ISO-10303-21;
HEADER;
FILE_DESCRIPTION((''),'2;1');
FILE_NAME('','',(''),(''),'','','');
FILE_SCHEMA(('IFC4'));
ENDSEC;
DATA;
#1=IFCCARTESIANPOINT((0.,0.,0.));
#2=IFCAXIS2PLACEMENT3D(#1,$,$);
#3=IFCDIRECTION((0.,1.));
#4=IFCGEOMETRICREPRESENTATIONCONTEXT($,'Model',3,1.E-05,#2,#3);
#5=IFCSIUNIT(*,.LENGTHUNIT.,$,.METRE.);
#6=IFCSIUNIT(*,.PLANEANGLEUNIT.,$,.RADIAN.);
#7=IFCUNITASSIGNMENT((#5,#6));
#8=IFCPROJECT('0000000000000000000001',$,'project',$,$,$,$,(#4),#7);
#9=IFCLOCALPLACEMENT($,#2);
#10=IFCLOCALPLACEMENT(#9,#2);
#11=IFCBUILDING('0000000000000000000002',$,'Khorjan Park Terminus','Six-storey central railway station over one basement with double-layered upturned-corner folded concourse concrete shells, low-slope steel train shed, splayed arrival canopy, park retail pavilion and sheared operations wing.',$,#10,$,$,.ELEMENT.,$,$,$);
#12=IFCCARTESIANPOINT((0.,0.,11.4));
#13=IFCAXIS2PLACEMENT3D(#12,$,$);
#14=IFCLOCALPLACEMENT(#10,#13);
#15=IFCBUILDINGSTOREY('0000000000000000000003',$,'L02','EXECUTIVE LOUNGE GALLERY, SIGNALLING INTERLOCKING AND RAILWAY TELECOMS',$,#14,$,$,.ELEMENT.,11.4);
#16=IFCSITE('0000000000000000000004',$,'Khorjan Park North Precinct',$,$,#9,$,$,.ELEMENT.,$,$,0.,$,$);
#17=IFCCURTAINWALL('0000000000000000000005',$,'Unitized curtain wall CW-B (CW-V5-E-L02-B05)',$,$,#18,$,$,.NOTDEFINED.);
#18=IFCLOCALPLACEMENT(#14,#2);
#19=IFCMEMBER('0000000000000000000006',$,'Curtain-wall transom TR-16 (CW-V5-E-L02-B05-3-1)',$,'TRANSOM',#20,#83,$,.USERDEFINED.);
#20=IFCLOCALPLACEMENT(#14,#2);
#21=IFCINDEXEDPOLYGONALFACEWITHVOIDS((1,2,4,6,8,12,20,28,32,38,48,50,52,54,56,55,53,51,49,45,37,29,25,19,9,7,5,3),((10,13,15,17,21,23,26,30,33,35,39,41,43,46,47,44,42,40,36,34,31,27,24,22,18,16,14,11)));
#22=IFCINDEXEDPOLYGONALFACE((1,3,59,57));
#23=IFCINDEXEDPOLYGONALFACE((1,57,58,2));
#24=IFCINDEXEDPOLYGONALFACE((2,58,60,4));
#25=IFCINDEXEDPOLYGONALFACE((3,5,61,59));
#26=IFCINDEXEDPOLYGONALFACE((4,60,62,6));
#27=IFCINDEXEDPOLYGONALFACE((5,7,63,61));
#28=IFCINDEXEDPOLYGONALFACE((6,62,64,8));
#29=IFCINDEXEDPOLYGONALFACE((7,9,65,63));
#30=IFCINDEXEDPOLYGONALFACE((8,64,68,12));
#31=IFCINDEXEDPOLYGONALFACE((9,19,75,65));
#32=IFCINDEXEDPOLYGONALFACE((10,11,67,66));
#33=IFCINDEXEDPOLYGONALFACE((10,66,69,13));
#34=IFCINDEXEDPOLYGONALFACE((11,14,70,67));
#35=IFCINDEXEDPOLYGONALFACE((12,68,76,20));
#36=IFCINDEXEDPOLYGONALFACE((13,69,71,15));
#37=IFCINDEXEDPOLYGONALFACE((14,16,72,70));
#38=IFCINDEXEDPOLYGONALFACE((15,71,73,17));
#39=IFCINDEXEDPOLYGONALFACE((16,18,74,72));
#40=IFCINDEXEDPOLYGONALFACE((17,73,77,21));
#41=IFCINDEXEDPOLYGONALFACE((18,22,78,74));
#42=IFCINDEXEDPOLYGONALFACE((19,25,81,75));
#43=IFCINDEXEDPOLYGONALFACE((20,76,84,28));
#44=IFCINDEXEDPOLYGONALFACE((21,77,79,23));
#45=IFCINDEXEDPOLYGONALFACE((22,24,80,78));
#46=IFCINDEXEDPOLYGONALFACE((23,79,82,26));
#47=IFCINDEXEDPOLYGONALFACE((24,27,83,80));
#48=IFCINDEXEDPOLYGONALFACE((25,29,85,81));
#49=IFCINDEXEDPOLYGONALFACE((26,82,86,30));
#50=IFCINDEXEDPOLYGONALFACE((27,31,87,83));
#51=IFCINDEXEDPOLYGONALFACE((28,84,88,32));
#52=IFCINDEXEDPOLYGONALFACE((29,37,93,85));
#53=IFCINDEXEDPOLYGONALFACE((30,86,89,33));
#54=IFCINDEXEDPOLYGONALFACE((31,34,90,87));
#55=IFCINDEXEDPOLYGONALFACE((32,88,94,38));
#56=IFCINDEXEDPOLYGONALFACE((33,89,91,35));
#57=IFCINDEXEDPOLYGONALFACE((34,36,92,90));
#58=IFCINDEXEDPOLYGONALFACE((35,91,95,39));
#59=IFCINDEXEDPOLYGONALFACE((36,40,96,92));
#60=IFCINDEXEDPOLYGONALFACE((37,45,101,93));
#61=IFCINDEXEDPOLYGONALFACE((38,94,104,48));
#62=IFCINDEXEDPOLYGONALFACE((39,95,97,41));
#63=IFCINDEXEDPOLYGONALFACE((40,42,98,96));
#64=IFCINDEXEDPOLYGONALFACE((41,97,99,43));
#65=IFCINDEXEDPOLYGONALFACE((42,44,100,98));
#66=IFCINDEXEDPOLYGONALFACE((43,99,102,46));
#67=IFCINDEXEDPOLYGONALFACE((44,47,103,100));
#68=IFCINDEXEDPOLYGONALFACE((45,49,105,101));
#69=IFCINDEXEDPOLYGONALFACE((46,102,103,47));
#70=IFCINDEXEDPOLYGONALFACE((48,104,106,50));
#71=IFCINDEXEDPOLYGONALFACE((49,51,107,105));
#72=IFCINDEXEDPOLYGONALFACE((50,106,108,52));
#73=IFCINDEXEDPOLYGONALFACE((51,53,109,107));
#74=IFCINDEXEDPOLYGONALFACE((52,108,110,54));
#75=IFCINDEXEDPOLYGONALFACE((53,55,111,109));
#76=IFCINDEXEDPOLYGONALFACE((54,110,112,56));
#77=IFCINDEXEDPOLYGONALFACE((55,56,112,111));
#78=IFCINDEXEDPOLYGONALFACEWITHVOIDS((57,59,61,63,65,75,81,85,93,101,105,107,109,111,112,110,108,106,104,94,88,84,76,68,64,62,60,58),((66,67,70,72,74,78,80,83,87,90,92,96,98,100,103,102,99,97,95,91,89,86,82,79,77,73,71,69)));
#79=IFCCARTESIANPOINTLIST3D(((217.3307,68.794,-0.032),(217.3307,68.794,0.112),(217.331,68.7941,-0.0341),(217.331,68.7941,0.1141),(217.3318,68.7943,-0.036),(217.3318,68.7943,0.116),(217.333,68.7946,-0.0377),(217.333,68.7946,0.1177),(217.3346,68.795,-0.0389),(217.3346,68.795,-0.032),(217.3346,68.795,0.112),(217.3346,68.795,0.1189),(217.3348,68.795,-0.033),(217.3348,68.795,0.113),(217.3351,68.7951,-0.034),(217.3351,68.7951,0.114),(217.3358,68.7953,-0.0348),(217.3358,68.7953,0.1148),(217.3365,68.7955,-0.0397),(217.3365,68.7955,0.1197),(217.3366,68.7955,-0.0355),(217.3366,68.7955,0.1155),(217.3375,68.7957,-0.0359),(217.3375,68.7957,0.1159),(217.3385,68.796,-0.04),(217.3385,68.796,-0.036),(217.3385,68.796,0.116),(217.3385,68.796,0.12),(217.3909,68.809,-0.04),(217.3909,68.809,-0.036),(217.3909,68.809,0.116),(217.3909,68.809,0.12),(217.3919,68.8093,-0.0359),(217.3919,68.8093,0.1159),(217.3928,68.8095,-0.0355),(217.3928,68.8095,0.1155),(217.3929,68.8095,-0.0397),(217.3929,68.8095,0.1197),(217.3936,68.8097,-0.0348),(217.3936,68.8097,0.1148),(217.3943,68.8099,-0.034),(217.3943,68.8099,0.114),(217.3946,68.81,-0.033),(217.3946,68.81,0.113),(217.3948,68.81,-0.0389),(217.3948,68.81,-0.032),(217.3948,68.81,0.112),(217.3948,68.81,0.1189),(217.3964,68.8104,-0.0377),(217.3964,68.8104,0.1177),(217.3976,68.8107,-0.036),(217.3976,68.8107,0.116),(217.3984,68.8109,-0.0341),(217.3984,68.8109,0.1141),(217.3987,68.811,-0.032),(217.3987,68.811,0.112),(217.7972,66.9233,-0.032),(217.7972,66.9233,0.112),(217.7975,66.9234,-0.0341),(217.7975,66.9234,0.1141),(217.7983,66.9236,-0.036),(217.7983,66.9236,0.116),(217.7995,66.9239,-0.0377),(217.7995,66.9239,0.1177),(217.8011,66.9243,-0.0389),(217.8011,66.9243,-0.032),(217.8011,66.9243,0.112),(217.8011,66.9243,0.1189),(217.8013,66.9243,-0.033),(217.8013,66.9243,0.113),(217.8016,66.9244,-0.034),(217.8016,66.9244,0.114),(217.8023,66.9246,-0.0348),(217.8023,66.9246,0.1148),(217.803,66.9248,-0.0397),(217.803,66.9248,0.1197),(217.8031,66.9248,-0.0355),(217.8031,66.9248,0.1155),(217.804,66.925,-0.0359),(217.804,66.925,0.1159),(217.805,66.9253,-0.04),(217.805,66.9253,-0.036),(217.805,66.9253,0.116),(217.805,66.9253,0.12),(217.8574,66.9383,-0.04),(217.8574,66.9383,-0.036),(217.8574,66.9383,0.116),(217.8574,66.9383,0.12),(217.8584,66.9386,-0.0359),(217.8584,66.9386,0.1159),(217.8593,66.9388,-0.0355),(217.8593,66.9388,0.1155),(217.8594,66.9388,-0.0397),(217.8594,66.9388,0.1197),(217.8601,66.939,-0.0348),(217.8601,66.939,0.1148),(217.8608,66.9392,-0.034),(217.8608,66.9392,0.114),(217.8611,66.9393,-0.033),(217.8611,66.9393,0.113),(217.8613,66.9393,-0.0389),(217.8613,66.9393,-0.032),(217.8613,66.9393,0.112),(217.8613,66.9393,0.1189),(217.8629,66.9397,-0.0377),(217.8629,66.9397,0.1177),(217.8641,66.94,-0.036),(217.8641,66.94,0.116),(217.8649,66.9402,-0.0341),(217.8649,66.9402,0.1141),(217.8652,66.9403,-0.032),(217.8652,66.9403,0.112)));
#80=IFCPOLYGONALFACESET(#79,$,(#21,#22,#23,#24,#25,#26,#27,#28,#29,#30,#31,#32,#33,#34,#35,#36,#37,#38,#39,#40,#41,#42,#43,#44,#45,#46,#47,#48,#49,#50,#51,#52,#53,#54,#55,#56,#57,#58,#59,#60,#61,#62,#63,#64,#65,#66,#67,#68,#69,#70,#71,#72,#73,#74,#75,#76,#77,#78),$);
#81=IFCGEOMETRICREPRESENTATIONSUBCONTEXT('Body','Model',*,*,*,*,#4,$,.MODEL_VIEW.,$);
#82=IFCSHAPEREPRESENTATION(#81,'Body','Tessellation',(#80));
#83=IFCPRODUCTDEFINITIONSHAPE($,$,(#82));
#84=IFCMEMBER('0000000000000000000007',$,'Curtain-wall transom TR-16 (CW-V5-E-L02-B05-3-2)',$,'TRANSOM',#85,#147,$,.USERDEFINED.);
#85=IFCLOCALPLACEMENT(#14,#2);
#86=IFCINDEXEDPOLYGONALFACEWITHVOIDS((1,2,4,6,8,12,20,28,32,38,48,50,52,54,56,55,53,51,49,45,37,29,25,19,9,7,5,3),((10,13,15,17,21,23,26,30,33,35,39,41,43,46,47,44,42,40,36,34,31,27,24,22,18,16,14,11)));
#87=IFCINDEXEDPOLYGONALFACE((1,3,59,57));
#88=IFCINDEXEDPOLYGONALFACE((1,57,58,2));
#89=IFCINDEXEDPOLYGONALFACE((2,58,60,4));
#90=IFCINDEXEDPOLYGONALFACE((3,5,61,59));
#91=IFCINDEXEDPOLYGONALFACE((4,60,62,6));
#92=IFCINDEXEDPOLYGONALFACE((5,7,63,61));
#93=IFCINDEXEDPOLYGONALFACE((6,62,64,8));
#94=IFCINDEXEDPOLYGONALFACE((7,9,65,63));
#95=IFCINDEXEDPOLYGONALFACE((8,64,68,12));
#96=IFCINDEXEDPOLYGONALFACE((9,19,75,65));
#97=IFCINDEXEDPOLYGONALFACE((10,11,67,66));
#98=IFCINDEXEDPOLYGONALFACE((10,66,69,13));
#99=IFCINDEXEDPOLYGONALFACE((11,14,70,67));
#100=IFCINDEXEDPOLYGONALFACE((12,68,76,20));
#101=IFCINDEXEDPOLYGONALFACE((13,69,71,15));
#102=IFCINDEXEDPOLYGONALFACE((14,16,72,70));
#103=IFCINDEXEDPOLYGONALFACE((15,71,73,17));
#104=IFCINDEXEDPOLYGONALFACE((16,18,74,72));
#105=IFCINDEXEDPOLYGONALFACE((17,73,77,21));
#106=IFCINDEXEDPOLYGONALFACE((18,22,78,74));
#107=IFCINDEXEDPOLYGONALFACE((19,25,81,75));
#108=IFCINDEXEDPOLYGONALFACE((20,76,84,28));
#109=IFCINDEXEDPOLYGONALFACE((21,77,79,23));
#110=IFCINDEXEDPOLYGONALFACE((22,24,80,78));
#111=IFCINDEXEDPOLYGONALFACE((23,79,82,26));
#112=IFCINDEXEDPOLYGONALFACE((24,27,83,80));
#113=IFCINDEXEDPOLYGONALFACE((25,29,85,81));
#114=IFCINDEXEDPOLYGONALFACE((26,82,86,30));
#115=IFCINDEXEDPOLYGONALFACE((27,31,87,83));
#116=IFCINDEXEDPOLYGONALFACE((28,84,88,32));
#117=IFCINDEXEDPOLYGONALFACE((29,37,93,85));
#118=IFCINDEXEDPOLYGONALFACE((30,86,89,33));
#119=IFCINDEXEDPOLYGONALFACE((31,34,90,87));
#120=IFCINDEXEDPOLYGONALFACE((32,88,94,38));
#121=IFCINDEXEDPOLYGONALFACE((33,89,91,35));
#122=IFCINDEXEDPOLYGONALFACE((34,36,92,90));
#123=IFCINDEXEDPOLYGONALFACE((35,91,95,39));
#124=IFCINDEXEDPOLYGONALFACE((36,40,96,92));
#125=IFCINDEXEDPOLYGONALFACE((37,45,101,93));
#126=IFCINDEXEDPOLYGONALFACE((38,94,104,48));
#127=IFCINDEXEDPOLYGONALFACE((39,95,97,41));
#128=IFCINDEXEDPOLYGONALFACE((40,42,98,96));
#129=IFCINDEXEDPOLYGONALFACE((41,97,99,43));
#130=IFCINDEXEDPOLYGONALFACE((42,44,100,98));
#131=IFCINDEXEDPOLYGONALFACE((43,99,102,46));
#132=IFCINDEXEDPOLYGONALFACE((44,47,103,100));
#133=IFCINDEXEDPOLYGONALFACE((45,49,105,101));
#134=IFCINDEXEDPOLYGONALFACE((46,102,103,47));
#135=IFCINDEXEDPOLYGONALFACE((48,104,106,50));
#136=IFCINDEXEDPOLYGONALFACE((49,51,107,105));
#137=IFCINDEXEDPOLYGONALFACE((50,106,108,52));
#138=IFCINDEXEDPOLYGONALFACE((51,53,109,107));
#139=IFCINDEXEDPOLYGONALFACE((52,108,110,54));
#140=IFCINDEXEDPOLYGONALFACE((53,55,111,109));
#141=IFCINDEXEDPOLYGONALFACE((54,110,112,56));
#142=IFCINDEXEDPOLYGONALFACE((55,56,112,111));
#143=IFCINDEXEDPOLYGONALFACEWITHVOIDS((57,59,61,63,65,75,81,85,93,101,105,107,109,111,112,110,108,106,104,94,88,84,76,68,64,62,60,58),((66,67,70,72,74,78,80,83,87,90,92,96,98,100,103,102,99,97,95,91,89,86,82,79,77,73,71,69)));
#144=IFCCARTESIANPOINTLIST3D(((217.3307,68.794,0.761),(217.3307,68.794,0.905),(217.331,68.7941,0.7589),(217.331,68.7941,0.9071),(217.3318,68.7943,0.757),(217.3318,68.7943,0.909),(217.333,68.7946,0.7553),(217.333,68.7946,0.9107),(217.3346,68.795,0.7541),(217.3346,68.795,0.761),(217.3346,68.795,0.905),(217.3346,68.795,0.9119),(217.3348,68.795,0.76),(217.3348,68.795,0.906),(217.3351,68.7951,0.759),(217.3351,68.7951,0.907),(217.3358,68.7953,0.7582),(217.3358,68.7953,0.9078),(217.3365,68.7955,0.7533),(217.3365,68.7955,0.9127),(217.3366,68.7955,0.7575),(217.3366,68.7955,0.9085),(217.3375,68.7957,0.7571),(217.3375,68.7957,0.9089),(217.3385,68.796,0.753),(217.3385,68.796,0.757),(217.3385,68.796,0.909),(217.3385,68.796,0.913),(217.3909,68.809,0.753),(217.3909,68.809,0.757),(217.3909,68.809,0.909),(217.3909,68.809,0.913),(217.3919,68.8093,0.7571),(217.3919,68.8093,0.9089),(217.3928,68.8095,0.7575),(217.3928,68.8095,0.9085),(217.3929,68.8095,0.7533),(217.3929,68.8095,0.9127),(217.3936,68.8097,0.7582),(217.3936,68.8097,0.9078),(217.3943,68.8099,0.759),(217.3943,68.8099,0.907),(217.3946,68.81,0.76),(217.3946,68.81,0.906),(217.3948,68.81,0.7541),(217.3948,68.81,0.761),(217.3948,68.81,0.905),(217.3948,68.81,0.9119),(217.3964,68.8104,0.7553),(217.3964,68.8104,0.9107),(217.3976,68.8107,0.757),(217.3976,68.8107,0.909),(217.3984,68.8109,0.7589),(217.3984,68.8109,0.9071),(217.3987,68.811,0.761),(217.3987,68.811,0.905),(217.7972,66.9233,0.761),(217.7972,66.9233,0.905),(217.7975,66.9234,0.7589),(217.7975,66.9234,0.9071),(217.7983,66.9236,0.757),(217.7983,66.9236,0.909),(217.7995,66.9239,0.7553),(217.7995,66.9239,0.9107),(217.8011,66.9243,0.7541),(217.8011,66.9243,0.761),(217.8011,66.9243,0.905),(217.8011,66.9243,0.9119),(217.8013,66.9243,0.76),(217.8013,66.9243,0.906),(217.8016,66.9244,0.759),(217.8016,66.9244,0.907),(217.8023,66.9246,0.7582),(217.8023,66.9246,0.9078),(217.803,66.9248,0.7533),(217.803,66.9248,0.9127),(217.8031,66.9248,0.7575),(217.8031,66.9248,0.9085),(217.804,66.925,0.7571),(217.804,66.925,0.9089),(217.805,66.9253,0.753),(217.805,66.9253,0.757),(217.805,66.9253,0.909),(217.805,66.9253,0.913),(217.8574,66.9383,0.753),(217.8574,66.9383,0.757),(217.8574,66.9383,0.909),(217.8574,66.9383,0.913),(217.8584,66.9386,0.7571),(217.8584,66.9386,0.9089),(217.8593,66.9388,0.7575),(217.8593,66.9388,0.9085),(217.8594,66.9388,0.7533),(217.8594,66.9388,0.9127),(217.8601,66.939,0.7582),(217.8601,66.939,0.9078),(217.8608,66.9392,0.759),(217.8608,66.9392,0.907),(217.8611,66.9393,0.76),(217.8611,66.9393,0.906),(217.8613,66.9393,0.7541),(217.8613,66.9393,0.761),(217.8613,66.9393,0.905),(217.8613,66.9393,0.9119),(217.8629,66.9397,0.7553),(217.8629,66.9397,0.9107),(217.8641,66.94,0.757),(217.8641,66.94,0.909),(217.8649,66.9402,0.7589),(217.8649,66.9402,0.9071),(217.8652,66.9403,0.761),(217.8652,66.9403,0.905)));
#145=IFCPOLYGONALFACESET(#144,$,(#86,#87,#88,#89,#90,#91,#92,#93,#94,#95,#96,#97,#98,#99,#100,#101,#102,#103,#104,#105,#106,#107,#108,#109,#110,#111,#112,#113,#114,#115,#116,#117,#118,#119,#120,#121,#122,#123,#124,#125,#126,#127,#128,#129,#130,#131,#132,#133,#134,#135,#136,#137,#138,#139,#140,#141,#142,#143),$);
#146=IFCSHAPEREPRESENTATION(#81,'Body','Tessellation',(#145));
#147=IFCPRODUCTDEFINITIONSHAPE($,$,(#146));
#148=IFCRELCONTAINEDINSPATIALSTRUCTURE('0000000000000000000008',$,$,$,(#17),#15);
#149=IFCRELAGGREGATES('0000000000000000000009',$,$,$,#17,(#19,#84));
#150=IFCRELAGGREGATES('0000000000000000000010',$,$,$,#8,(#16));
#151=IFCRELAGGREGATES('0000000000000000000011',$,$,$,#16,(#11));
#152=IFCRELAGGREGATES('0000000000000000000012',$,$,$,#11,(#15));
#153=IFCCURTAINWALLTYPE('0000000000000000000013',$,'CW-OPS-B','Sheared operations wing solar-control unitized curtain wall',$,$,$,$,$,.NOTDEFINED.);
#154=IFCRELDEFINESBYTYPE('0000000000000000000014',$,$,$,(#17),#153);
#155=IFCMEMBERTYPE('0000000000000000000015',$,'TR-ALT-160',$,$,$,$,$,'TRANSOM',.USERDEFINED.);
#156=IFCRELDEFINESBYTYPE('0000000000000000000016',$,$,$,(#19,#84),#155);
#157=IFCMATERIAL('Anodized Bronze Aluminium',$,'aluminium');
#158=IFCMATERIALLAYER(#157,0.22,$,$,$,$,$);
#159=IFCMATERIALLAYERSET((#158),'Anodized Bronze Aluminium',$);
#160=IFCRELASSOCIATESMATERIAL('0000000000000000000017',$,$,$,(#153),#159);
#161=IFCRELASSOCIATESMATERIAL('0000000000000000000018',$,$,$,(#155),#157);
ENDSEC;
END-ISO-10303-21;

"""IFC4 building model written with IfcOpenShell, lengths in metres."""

from ifc_helpers import new_model, si_unit, direction, frame, origin, origin_2d, place, context, subcontext, project, spatial, hollow_rectangle, extrude, material, layer, layer_set, material_profile, profile_set, type_object, element, aggregate, save


model = new_model("IFC4")

# Units and contexts
model_context = context("Model", 3, precision=1e-05, world=origin(), true_north=direction((0.0, 1.0)))
body_context = subcontext(model_context, "Body", "Model", "MODEL_VIEW")
ifc_project = project(units=[si_unit("LENGTHUNIT", "METRE"), si_unit("PLANEANGLEUNIT", "RADIAN")], contexts=[model_context])

# Site, building, storey
site_placement = place(None, origin())
site = spatial("IfcSite", under=ifc_project, at=site_placement, Name="Khorjan Park North Precinct", CompositionType="ELEMENT", RefElevation=0.0)
building_placement = place(site_placement, origin())
building = spatial("IfcBuilding", under=site, at=building_placement, Name="Khorjan Park Terminus", Description="Six-storey central railway station over one basement with double-layered upturned-corner folded concourse concrete shells, low-slope steel train shed, splayed arrival canopy, park retail pavilion and sheared operations wing.", CompositionType="ELEMENT")
storey_placement = place(building_placement, frame((0.0, 0.0, 11.4)))
storey = spatial("IfcBuildingStorey", under=building, at=storey_placement, Name="L02", Description="EXECUTIVE LOUNGE GALLERY, SIGNALLING INTERLOCKING AND RAILWAY TELECOMS", CompositionType="ELEMENT", Elevation=11.4)

# Curtain wall, members
ifc_material_1 = material(Name="Anodized Bronze Aluminium", Category="aluminium")
ifc_layer_1 = layer(ifc_material_1, 0.22)
ifc_layer_set_1 = layer_set([ifc_layer_1], Name="Anodized Bronze Aluminium")
curtain_wall_type = type_object("IfcCurtainWallType", Name="CW-OPS-B", Description="Sheared operations wing solar-control unitized curtain wall", PredefinedType="NOTDEFINED", material=ifc_layer_set_1)
curtain_wall_placement = place(storey_placement, origin())
curtain_wall = element("IfcCurtainWall", 1, at=curtain_wall_placement, inside=storey, type_object=curtain_wall_type, Name="Unitized curtain wall CW-B (CW-V5-E-L02-B05)", PredefinedType="NOTDEFINED")
ifc_material_profile_1 = material_profile(ifc_material_1, hollow_rectangle(XDim=0.07, YDim=0.16, WallThickness=0.004, InnerFilletRadius=0.004, OuterFilletRadius=0.008, at=origin_2d()), Name="ALT 70x160x4")
ifc_profile_set_1 = profile_set([ifc_material_profile_1], Name="Anodized Bronze Aluminium")
member_type_1 = type_object("IfcMemberType", Name="TR-ALT-160", ElementType="TRANSOM", PredefinedType="USERDEFINED", material=ifc_profile_set_1)
member_1_placement = place(storey_placement, frame((217.8312, 66.9318, 0.04), z_axis=(-0.241962, 0.970286, 0.0), x_axis=(-0.970286, -0.241962, 0.0)))
member_1 = element("IfcMember", 2, at=member_1_placement, type_object=member_type_1, Name="Curtain-wall transom TR-16 (CW-V5-E-L02-B05-3-1)", ObjectType="TRANSOM", PredefinedType="USERDEFINED", context=body_context, shape_type="SweptSolid", body=[
    extrude(hollow_rectangle(XDim=0.07, YDim=0.16, WallThickness=0.004, InnerFilletRadius=0.004, OuterFilletRadius=0.008, at=origin_2d()), origin(), (0.0, 0.0, 1.0), 1.928),
])
member_2_placement = place(storey_placement, frame((217.8312, 66.9318, 0.833), z_axis=(-0.241962, 0.970286, 0.0), x_axis=(-0.970286, -0.241962, 0.0)))
member_2 = element("IfcMember", 3, at=member_2_placement, type_object=member_type_1, Name="Curtain-wall transom TR-16 (CW-V5-E-L02-B05-3-2)", ObjectType="TRANSOM", PredefinedType="USERDEFINED", context=body_context, shape_type="SweptSolid", body=[
    extrude(hollow_rectangle(XDim=0.07, YDim=0.16, WallThickness=0.004, InnerFilletRadius=0.004, OuterFilletRadius=0.008, at=origin_2d()), origin(), (0.0, 0.0, 1.0), 1.928),
])
aggregate(curtain_wall, [member_1, member_2])

save(model, "model.ifc")
